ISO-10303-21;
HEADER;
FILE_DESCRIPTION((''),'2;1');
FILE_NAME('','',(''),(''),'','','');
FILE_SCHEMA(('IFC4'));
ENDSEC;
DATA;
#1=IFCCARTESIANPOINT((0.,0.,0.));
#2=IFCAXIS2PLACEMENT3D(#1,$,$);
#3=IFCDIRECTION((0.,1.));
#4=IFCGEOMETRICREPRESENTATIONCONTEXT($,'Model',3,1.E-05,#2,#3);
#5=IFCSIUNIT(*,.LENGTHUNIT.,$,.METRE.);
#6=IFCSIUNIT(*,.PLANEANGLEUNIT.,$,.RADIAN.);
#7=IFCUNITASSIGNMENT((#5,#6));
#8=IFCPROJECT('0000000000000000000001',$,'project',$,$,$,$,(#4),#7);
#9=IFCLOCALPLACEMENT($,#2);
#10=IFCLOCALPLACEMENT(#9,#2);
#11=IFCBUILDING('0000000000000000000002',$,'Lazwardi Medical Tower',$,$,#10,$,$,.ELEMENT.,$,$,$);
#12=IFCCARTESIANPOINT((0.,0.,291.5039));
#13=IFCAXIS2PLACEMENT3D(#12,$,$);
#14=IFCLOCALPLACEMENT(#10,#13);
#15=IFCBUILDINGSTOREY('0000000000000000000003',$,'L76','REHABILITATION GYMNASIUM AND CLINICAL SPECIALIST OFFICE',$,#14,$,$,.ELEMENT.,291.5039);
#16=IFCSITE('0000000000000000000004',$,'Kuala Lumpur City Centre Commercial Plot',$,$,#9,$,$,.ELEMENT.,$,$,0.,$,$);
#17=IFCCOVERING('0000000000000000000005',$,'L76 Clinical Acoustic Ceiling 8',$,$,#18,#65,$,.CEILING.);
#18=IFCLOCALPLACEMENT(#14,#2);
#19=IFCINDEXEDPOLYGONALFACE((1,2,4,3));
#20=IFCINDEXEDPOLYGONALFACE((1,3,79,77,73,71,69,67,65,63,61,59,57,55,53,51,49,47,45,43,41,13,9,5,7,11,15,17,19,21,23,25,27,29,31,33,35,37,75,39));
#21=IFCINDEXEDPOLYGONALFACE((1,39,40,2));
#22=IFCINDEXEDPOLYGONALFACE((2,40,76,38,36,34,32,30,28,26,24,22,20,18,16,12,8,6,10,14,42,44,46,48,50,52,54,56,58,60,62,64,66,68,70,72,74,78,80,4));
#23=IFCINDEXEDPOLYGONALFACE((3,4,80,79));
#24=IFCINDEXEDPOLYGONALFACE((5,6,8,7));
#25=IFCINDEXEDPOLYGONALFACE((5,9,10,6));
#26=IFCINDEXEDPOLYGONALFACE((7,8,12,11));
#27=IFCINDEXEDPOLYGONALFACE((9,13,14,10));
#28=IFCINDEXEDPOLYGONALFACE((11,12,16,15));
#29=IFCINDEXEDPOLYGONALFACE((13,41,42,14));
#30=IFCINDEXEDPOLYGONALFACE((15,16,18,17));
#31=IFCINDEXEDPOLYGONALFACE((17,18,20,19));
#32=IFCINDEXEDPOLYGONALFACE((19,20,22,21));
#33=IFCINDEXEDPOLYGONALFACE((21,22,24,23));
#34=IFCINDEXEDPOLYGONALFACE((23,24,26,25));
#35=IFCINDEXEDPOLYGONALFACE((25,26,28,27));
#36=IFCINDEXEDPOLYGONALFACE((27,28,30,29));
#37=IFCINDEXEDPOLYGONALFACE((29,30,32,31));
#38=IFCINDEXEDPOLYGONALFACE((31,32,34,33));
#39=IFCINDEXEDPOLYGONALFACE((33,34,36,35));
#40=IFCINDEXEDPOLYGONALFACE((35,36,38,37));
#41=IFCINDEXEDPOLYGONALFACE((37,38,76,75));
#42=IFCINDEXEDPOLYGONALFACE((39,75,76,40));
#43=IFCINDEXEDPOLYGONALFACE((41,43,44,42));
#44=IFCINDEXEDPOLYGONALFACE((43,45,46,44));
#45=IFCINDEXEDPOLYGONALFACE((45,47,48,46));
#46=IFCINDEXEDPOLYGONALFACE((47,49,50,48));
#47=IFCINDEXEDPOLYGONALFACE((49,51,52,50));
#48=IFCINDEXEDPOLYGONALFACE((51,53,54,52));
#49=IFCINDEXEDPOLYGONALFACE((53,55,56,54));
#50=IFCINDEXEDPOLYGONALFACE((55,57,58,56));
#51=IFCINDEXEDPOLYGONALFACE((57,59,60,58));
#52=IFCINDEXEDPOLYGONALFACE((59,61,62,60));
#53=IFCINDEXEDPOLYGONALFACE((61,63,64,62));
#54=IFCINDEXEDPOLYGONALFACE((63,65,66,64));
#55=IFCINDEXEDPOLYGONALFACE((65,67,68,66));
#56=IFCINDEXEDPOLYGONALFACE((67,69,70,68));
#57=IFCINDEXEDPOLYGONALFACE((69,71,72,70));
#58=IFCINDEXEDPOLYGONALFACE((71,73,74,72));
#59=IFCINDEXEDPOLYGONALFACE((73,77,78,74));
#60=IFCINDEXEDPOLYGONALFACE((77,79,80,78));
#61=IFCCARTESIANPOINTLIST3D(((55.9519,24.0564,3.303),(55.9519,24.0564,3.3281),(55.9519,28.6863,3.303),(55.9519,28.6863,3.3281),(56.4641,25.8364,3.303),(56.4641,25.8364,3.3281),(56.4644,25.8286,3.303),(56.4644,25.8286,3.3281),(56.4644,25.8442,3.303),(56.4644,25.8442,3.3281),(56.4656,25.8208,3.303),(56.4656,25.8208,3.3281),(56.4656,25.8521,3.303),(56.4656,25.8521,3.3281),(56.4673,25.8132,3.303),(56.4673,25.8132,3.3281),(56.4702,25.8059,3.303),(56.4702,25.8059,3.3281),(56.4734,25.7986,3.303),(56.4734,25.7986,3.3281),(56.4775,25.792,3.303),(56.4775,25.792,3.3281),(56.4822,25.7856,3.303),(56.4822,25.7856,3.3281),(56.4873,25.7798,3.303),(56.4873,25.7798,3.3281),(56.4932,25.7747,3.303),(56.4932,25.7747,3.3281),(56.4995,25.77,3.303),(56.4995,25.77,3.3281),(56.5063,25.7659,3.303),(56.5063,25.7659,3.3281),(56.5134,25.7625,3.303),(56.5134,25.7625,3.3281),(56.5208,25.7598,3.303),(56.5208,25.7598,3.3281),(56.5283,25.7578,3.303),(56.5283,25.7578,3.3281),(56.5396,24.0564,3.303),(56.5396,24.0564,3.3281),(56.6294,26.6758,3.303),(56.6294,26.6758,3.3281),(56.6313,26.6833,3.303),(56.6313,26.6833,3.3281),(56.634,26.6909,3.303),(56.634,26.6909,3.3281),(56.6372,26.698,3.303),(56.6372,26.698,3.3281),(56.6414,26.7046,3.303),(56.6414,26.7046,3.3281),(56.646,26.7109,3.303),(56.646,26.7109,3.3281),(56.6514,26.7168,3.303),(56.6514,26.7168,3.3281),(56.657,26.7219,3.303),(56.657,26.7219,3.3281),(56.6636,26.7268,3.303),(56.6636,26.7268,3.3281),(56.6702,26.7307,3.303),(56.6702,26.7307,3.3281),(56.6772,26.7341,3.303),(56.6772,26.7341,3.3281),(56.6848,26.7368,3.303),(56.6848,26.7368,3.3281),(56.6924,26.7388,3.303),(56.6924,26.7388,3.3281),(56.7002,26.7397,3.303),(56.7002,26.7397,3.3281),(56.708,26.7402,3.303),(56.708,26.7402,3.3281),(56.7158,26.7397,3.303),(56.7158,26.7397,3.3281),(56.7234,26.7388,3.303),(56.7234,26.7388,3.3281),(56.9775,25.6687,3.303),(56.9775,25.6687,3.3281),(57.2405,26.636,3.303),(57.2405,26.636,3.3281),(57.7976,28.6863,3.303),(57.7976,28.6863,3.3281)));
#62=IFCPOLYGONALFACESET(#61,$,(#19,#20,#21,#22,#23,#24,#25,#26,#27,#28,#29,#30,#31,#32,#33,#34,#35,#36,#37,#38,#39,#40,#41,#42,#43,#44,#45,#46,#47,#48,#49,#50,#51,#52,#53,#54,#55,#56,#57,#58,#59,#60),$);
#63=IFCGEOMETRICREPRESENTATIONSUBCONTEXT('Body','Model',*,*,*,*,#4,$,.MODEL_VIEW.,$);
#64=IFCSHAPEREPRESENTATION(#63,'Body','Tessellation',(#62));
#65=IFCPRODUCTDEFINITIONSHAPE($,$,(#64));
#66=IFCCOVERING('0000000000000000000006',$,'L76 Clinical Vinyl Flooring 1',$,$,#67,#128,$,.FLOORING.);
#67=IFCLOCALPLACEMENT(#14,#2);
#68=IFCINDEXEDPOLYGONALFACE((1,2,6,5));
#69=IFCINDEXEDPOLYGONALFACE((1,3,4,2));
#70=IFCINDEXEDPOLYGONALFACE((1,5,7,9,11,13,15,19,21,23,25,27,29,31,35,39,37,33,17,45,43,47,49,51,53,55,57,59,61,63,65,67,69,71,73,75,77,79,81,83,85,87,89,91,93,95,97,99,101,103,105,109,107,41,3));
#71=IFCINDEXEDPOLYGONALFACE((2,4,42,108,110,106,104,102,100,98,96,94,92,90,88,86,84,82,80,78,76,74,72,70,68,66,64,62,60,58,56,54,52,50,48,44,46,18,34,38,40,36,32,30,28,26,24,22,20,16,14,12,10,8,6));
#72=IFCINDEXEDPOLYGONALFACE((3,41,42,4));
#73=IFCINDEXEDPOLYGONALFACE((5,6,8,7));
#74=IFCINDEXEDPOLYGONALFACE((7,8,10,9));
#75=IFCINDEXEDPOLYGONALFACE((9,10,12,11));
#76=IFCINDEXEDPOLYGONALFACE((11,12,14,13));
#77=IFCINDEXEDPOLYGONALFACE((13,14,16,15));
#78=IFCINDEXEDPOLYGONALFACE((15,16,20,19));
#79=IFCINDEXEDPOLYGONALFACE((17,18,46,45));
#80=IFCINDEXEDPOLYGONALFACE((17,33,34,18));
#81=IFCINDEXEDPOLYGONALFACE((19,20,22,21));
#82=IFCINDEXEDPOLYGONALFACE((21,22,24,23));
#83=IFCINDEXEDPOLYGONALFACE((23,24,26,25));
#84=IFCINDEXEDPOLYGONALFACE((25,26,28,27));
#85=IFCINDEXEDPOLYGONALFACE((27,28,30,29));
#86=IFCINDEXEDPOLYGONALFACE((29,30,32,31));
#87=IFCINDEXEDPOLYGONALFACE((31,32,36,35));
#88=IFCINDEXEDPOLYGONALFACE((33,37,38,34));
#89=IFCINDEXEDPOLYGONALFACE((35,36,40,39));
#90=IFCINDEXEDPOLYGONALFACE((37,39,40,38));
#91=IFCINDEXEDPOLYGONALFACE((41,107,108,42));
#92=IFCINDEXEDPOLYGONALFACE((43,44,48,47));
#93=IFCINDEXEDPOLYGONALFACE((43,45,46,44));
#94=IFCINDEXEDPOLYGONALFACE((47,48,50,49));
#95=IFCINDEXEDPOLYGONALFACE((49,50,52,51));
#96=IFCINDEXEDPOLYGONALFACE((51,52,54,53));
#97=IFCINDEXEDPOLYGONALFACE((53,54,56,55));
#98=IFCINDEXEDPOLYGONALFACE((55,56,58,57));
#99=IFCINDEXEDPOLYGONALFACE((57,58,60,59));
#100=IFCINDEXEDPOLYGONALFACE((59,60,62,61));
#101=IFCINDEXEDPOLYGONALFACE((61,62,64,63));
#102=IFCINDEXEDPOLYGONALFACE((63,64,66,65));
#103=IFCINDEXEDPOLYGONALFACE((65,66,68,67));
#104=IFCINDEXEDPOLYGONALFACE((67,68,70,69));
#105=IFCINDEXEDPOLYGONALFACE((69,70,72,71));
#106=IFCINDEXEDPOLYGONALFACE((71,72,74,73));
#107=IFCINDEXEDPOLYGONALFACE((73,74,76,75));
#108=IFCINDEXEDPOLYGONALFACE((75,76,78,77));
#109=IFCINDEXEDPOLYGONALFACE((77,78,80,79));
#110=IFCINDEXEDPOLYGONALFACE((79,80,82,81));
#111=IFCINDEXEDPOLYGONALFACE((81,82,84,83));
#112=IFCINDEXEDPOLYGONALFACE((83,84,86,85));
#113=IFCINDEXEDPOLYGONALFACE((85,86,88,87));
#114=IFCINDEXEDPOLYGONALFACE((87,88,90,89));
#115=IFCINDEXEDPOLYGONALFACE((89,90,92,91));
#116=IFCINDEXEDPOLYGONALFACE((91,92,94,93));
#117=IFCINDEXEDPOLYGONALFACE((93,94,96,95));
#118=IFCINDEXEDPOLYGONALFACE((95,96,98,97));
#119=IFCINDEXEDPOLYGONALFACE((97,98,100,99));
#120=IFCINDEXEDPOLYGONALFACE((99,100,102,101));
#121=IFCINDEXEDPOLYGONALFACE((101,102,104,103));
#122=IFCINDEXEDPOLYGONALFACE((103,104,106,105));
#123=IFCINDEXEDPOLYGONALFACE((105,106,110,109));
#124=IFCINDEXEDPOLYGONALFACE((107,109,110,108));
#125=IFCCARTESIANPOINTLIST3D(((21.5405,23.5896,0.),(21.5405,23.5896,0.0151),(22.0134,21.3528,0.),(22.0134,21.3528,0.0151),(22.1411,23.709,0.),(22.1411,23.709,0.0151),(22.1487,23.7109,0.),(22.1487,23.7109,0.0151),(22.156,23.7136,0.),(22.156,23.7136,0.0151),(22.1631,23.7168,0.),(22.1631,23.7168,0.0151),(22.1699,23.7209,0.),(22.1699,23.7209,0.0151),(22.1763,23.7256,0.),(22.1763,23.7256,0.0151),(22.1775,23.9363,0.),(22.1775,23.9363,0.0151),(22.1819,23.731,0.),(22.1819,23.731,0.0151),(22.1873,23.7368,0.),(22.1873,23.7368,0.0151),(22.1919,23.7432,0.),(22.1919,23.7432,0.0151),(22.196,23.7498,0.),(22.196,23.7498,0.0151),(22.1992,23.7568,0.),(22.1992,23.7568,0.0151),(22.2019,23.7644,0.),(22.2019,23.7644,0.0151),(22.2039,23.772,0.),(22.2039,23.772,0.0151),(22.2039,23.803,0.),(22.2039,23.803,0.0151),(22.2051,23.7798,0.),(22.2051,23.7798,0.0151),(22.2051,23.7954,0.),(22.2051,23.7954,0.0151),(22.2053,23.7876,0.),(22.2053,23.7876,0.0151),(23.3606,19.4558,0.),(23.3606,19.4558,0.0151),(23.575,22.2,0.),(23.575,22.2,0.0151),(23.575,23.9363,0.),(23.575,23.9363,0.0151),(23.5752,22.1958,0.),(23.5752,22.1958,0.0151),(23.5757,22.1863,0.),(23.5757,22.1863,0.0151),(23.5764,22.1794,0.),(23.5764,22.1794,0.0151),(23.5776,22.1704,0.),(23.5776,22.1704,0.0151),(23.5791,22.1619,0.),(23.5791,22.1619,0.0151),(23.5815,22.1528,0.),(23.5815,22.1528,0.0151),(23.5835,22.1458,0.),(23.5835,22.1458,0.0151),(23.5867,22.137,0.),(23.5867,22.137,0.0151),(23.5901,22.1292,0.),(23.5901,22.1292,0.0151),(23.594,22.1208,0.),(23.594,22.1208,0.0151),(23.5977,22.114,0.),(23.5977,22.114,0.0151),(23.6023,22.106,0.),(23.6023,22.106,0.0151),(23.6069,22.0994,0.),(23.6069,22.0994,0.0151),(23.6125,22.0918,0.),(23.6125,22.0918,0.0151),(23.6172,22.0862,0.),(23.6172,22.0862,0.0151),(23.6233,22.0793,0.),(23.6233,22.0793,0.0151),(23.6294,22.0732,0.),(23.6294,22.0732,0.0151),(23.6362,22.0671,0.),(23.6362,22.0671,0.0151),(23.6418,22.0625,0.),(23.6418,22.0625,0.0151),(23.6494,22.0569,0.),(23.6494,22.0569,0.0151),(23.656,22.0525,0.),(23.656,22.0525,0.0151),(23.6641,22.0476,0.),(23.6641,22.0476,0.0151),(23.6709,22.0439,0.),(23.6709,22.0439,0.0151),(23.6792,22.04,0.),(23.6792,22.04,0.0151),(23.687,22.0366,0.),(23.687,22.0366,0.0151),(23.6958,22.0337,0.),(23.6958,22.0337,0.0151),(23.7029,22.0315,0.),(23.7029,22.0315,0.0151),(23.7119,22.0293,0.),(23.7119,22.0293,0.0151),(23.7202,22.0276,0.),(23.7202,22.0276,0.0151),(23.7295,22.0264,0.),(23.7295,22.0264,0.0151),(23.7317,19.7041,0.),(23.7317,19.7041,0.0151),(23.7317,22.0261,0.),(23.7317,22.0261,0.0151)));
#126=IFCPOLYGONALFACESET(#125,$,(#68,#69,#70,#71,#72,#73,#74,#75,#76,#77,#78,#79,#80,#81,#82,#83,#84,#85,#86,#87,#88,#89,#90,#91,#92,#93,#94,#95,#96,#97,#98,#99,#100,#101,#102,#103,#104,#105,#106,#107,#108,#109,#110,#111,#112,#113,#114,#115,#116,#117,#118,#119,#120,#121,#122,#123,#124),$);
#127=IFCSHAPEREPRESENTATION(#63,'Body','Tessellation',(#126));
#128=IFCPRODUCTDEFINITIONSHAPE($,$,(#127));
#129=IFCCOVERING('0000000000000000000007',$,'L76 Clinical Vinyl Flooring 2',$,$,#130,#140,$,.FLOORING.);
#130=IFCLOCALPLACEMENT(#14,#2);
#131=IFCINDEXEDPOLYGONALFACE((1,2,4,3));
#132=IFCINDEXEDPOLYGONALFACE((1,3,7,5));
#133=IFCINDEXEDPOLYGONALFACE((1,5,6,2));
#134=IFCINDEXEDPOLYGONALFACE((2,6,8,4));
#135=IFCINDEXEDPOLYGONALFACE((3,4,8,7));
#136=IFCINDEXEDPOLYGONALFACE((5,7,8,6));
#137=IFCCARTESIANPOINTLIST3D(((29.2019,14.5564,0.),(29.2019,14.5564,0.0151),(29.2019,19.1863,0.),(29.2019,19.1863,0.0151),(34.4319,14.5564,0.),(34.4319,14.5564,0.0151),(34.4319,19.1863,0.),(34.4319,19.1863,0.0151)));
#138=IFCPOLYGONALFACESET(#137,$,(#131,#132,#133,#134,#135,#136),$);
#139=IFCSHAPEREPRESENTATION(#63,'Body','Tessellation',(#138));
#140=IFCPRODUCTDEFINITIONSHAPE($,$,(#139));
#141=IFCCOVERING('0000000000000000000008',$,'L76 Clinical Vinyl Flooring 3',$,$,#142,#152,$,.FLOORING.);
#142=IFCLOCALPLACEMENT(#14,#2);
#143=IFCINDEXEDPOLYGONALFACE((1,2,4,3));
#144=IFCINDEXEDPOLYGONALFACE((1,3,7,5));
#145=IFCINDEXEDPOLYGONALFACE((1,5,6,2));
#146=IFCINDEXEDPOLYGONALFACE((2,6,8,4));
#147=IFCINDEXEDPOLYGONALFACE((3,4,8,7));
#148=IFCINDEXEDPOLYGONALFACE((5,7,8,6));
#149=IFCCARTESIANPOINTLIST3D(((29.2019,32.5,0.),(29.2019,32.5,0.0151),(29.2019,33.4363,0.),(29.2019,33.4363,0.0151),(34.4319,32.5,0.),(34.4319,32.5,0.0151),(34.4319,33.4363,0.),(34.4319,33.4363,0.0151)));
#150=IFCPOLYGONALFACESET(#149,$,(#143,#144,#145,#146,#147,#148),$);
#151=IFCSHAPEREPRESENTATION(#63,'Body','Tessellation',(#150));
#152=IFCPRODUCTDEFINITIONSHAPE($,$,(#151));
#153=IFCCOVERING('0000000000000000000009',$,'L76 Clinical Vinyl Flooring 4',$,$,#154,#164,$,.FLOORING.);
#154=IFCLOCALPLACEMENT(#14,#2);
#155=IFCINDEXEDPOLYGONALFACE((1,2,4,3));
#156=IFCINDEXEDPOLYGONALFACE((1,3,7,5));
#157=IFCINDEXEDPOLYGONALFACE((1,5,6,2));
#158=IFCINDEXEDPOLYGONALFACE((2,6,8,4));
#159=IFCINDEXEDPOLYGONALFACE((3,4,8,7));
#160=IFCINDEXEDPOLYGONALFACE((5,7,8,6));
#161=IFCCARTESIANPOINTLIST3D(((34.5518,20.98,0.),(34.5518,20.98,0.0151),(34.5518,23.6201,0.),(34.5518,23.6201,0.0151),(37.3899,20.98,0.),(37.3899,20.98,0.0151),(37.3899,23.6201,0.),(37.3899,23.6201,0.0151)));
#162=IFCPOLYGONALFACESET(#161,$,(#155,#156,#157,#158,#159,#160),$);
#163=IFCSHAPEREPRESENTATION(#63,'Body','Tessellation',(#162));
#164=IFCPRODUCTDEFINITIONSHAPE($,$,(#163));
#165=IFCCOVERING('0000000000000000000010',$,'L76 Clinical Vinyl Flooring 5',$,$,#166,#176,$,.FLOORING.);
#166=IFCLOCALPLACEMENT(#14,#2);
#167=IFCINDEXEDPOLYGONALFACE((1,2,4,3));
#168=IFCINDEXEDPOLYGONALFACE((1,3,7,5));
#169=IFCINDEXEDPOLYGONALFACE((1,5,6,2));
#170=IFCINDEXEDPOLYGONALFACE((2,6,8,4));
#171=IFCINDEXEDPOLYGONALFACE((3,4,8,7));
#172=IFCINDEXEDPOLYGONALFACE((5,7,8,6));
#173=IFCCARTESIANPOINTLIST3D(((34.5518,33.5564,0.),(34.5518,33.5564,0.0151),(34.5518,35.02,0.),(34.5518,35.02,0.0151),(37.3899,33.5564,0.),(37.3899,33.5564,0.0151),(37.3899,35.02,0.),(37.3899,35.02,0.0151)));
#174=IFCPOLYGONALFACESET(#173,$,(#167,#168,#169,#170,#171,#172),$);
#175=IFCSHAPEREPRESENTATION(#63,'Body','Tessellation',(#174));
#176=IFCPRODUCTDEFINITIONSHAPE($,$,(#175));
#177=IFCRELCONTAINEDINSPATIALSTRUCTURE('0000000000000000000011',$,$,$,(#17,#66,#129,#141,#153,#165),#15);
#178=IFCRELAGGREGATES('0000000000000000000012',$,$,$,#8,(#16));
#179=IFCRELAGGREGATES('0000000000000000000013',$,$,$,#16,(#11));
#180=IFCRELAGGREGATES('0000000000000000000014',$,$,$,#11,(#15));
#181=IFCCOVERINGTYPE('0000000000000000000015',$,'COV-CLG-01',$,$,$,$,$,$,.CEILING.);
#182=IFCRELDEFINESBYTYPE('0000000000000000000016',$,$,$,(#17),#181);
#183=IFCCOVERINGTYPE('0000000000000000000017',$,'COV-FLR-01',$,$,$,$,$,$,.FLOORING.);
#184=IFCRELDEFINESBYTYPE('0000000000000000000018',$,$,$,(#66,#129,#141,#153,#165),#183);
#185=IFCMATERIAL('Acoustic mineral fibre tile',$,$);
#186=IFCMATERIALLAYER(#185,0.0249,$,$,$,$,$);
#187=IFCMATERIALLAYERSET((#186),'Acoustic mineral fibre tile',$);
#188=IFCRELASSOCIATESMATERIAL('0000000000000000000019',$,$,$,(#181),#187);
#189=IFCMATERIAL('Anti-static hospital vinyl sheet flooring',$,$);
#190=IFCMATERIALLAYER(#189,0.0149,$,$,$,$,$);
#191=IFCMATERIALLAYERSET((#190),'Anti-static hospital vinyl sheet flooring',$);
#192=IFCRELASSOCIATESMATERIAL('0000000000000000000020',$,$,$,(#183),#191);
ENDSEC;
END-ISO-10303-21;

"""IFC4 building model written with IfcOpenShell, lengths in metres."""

from ifc_helpers import new_model, si_unit, direction, frame, origin, place, context, subcontext, project, spatial, polyline, outline, extrude, material, layer, layer_set, type_object, element, save


model = new_model("IFC4")

# Units and contexts
model_context = context("Model", 3, precision=1e-05, world=origin(), true_north=direction((0.0, 1.0)))
body_context = subcontext(model_context, "Body", "Model", "MODEL_VIEW")
ifc_project = project(units=[si_unit("LENGTHUNIT", "METRE"), si_unit("PLANEANGLEUNIT", "RADIAN")], contexts=[model_context])

# Site, building, storey
site_placement = place(None, origin())
site = spatial("IfcSite", under=ifc_project, at=site_placement, Name="Kuala Lumpur City Centre Commercial Plot", CompositionType="ELEMENT", RefElevation=0.0)
building_placement = place(site_placement, origin())
building = spatial("IfcBuilding", under=site, at=building_placement, Name="Lazwardi Medical Tower", CompositionType="ELEMENT")
storey_placement = place(building_placement, frame((0.0, 0.0, 291.5039)))
storey = spatial("IfcBuildingStorey", under=building, at=storey_placement, Name="L76", Description="REHABILITATION GYMNASIUM AND CLINICAL SPECIALIST OFFICE", CompositionType="ELEMENT", Elevation=291.5039)

# Coverings
ifc_material_1 = material(Name="Acoustic mineral fibre tile")
ifc_layer_1 = layer(ifc_material_1, 0.0249)
ifc_layer_set_1 = layer_set([ifc_layer_1], Name="Acoustic mineral fibre tile")
covering_type_1 = type_object("IfcCoveringType", Name="COV-CLG-01", PredefinedType="CEILING", material=ifc_layer_set_1)
covering_1_placement = place(storey_placement, frame((0.0, 0.0, 3.303)))
element("IfcCovering", 1, at=covering_1_placement, inside=storey, type_object=covering_type_1, Name="L76 Clinical Acoustic Ceiling 8", PredefinedType="CEILING", context=body_context, shape_type="SweptSolid", body=[
    extrude(outline(polyline([(56.5396, 24.0564), (56.9775, 25.6687), (56.5283, 25.7578), (56.5208, 25.7598), (56.5134, 25.7625), (56.5063, 25.7659), (56.4995, 25.77), (56.4932, 25.7747), (56.4873, 25.7798), (56.4822, 25.7856), (56.4775, 25.792), (56.4734, 25.7986), (56.4702, 25.8059), (56.4673, 25.8132), (56.4656, 25.8208), (56.4644, 25.8286), (56.4641, 25.8364), (56.4644, 25.8442), (56.4656, 25.8521), (56.6294, 26.6758), (56.6313, 26.6833), (56.634, 26.6909), (56.6372, 26.698), (56.6414, 26.7046), (56.646, 26.7109), (56.6514, 26.7168), (56.657, 26.7219), (56.6636, 26.7268), (56.6702, 26.7307), (56.6772, 26.7341), (56.6848, 26.7368), (56.6924, 26.7388), (56.7002, 26.7397), (56.708, 26.7402), (56.7158, 26.7397), (56.7234, 26.7388), (57.2405, 26.636), (57.7976, 28.6863), (55.9519, 28.6863), (55.9519, 24.0564), (56.5396, 24.0564)])), origin(), (0.0, 0.0, 1.0), 0.0251),
])
ifc_material_2 = material(Name="Anti-static hospital vinyl sheet flooring")
ifc_layer_2 = layer(ifc_material_2, 0.0149)
ifc_layer_set_2 = layer_set([ifc_layer_2], Name="Anti-static hospital vinyl sheet flooring")
covering_type_2 = type_object("IfcCoveringType", Name="COV-FLR-01", PredefinedType="FLOORING", material=ifc_layer_set_2)
covering_2_placement = place(storey_placement, origin())
element("IfcCovering", 2, at=covering_2_placement, inside=storey, type_object=covering_type_2, Name="L76 Clinical Vinyl Flooring 1", PredefinedType="FLOORING", context=body_context, shape_type="SweptSolid", body=[
    extrude(outline(polyline([(23.7317, 22.0261), (23.7295, 22.0264), (23.7202, 22.0276), (23.7119, 22.0293), (23.7029, 22.0315), (23.6958, 22.0337), (23.687, 22.0366), (23.6792, 22.04), (23.6709, 22.0439), (23.6641, 22.0476), (23.656, 22.0525), (23.6494, 22.0569), (23.6418, 22.0625), (23.6362, 22.0671), (23.6294, 22.0732), (23.6233, 22.0793), (23.6172, 22.0862), (23.6125, 22.0918), (23.6069, 22.0994), (23.6023, 22.106), (23.5977, 22.114), (23.594, 22.1208), (23.5901, 22.1292), (23.5867, 22.137), (23.5835, 22.1458), (23.5815, 22.1528), (23.5791, 22.1619), (23.5776, 22.1704), (23.5764, 22.1794), (23.5757, 22.1863), (23.5752, 22.1958), (23.575, 22.2), (23.575, 23.9363), (22.1775, 23.9363), (22.2039, 23.803), (22.2051, 23.7954), (22.2053, 23.7876), (22.2051, 23.7798), (22.2039, 23.772), (22.2019, 23.7644), (22.1992, 23.7568), (22.196, 23.7498), (22.1919, 23.7432), (22.1873, 23.7368), (22.1819, 23.731), (22.1763, 23.7256), (22.1699, 23.7209), (22.1631, 23.7168), (22.156, 23.7136), (22.1487, 23.7109), (22.1411, 23.709), (21.5405, 23.5896), (22.0134, 21.3528), (23.3606, 19.4558), (23.7317, 19.7041), (23.7317, 22.0261)])), origin(), (0.0, 0.0, 1.0), 0.0151),
])
covering_3_placement = place(storey_placement, origin())
element("IfcCovering", 3, at=covering_3_placement, inside=storey, type_object=covering_type_2, Name="L76 Clinical Vinyl Flooring 2", PredefinedType="FLOORING", context=body_context, shape_type="SweptSolid", body=[
    extrude(outline(polyline([(34.4319, 14.5564), (34.4319, 19.1863), (29.2019, 19.1863), (29.2019, 14.5564), (34.4319, 14.5564)])), origin(), (0.0, 0.0, 1.0), 0.0151),
])
covering_4_placement = place(storey_placement, origin())
element("IfcCovering", 4, at=covering_4_placement, inside=storey, type_object=covering_type_2, Name="L76 Clinical Vinyl Flooring 3", PredefinedType="FLOORING", context=body_context, shape_type="SweptSolid", body=[
    extrude(outline(polyline([(29.2019, 32.5), (34.4319, 32.5), (34.4319, 33.4363), (29.2019, 33.4363), (29.2019, 32.5)])), origin(), (0.0, 0.0, 1.0), 0.0151),
])
covering_5_placement = place(storey_placement, origin())
element("IfcCovering", 5, at=covering_5_placement, inside=storey, type_object=covering_type_2, Name="L76 Clinical Vinyl Flooring 4", PredefinedType="FLOORING", context=body_context, shape_type="SweptSolid", body=[
    extrude(outline(polyline([(34.5518, 20.98), (37.3899, 20.98), (37.3899, 23.6201), (34.5518, 23.6201), (34.5518, 20.98)])), origin(), (0.0, 0.0, 1.0), 0.0151),
])
covering_6_placement = place(storey_placement, origin())
element("IfcCovering", 6, at=covering_6_placement, inside=storey, type_object=covering_type_2, Name="L76 Clinical Vinyl Flooring 5", PredefinedType="FLOORING", context=body_context, shape_type="SweptSolid", body=[
    extrude(outline(polyline([(37.3899, 33.5564), (37.3899, 35.02), (34.5518, 35.02), (34.5518, 33.5564), (37.3899, 33.5564)])), origin(), (0.0, 0.0, 1.0), 0.0151),
])

save(model, "model.ifc")
